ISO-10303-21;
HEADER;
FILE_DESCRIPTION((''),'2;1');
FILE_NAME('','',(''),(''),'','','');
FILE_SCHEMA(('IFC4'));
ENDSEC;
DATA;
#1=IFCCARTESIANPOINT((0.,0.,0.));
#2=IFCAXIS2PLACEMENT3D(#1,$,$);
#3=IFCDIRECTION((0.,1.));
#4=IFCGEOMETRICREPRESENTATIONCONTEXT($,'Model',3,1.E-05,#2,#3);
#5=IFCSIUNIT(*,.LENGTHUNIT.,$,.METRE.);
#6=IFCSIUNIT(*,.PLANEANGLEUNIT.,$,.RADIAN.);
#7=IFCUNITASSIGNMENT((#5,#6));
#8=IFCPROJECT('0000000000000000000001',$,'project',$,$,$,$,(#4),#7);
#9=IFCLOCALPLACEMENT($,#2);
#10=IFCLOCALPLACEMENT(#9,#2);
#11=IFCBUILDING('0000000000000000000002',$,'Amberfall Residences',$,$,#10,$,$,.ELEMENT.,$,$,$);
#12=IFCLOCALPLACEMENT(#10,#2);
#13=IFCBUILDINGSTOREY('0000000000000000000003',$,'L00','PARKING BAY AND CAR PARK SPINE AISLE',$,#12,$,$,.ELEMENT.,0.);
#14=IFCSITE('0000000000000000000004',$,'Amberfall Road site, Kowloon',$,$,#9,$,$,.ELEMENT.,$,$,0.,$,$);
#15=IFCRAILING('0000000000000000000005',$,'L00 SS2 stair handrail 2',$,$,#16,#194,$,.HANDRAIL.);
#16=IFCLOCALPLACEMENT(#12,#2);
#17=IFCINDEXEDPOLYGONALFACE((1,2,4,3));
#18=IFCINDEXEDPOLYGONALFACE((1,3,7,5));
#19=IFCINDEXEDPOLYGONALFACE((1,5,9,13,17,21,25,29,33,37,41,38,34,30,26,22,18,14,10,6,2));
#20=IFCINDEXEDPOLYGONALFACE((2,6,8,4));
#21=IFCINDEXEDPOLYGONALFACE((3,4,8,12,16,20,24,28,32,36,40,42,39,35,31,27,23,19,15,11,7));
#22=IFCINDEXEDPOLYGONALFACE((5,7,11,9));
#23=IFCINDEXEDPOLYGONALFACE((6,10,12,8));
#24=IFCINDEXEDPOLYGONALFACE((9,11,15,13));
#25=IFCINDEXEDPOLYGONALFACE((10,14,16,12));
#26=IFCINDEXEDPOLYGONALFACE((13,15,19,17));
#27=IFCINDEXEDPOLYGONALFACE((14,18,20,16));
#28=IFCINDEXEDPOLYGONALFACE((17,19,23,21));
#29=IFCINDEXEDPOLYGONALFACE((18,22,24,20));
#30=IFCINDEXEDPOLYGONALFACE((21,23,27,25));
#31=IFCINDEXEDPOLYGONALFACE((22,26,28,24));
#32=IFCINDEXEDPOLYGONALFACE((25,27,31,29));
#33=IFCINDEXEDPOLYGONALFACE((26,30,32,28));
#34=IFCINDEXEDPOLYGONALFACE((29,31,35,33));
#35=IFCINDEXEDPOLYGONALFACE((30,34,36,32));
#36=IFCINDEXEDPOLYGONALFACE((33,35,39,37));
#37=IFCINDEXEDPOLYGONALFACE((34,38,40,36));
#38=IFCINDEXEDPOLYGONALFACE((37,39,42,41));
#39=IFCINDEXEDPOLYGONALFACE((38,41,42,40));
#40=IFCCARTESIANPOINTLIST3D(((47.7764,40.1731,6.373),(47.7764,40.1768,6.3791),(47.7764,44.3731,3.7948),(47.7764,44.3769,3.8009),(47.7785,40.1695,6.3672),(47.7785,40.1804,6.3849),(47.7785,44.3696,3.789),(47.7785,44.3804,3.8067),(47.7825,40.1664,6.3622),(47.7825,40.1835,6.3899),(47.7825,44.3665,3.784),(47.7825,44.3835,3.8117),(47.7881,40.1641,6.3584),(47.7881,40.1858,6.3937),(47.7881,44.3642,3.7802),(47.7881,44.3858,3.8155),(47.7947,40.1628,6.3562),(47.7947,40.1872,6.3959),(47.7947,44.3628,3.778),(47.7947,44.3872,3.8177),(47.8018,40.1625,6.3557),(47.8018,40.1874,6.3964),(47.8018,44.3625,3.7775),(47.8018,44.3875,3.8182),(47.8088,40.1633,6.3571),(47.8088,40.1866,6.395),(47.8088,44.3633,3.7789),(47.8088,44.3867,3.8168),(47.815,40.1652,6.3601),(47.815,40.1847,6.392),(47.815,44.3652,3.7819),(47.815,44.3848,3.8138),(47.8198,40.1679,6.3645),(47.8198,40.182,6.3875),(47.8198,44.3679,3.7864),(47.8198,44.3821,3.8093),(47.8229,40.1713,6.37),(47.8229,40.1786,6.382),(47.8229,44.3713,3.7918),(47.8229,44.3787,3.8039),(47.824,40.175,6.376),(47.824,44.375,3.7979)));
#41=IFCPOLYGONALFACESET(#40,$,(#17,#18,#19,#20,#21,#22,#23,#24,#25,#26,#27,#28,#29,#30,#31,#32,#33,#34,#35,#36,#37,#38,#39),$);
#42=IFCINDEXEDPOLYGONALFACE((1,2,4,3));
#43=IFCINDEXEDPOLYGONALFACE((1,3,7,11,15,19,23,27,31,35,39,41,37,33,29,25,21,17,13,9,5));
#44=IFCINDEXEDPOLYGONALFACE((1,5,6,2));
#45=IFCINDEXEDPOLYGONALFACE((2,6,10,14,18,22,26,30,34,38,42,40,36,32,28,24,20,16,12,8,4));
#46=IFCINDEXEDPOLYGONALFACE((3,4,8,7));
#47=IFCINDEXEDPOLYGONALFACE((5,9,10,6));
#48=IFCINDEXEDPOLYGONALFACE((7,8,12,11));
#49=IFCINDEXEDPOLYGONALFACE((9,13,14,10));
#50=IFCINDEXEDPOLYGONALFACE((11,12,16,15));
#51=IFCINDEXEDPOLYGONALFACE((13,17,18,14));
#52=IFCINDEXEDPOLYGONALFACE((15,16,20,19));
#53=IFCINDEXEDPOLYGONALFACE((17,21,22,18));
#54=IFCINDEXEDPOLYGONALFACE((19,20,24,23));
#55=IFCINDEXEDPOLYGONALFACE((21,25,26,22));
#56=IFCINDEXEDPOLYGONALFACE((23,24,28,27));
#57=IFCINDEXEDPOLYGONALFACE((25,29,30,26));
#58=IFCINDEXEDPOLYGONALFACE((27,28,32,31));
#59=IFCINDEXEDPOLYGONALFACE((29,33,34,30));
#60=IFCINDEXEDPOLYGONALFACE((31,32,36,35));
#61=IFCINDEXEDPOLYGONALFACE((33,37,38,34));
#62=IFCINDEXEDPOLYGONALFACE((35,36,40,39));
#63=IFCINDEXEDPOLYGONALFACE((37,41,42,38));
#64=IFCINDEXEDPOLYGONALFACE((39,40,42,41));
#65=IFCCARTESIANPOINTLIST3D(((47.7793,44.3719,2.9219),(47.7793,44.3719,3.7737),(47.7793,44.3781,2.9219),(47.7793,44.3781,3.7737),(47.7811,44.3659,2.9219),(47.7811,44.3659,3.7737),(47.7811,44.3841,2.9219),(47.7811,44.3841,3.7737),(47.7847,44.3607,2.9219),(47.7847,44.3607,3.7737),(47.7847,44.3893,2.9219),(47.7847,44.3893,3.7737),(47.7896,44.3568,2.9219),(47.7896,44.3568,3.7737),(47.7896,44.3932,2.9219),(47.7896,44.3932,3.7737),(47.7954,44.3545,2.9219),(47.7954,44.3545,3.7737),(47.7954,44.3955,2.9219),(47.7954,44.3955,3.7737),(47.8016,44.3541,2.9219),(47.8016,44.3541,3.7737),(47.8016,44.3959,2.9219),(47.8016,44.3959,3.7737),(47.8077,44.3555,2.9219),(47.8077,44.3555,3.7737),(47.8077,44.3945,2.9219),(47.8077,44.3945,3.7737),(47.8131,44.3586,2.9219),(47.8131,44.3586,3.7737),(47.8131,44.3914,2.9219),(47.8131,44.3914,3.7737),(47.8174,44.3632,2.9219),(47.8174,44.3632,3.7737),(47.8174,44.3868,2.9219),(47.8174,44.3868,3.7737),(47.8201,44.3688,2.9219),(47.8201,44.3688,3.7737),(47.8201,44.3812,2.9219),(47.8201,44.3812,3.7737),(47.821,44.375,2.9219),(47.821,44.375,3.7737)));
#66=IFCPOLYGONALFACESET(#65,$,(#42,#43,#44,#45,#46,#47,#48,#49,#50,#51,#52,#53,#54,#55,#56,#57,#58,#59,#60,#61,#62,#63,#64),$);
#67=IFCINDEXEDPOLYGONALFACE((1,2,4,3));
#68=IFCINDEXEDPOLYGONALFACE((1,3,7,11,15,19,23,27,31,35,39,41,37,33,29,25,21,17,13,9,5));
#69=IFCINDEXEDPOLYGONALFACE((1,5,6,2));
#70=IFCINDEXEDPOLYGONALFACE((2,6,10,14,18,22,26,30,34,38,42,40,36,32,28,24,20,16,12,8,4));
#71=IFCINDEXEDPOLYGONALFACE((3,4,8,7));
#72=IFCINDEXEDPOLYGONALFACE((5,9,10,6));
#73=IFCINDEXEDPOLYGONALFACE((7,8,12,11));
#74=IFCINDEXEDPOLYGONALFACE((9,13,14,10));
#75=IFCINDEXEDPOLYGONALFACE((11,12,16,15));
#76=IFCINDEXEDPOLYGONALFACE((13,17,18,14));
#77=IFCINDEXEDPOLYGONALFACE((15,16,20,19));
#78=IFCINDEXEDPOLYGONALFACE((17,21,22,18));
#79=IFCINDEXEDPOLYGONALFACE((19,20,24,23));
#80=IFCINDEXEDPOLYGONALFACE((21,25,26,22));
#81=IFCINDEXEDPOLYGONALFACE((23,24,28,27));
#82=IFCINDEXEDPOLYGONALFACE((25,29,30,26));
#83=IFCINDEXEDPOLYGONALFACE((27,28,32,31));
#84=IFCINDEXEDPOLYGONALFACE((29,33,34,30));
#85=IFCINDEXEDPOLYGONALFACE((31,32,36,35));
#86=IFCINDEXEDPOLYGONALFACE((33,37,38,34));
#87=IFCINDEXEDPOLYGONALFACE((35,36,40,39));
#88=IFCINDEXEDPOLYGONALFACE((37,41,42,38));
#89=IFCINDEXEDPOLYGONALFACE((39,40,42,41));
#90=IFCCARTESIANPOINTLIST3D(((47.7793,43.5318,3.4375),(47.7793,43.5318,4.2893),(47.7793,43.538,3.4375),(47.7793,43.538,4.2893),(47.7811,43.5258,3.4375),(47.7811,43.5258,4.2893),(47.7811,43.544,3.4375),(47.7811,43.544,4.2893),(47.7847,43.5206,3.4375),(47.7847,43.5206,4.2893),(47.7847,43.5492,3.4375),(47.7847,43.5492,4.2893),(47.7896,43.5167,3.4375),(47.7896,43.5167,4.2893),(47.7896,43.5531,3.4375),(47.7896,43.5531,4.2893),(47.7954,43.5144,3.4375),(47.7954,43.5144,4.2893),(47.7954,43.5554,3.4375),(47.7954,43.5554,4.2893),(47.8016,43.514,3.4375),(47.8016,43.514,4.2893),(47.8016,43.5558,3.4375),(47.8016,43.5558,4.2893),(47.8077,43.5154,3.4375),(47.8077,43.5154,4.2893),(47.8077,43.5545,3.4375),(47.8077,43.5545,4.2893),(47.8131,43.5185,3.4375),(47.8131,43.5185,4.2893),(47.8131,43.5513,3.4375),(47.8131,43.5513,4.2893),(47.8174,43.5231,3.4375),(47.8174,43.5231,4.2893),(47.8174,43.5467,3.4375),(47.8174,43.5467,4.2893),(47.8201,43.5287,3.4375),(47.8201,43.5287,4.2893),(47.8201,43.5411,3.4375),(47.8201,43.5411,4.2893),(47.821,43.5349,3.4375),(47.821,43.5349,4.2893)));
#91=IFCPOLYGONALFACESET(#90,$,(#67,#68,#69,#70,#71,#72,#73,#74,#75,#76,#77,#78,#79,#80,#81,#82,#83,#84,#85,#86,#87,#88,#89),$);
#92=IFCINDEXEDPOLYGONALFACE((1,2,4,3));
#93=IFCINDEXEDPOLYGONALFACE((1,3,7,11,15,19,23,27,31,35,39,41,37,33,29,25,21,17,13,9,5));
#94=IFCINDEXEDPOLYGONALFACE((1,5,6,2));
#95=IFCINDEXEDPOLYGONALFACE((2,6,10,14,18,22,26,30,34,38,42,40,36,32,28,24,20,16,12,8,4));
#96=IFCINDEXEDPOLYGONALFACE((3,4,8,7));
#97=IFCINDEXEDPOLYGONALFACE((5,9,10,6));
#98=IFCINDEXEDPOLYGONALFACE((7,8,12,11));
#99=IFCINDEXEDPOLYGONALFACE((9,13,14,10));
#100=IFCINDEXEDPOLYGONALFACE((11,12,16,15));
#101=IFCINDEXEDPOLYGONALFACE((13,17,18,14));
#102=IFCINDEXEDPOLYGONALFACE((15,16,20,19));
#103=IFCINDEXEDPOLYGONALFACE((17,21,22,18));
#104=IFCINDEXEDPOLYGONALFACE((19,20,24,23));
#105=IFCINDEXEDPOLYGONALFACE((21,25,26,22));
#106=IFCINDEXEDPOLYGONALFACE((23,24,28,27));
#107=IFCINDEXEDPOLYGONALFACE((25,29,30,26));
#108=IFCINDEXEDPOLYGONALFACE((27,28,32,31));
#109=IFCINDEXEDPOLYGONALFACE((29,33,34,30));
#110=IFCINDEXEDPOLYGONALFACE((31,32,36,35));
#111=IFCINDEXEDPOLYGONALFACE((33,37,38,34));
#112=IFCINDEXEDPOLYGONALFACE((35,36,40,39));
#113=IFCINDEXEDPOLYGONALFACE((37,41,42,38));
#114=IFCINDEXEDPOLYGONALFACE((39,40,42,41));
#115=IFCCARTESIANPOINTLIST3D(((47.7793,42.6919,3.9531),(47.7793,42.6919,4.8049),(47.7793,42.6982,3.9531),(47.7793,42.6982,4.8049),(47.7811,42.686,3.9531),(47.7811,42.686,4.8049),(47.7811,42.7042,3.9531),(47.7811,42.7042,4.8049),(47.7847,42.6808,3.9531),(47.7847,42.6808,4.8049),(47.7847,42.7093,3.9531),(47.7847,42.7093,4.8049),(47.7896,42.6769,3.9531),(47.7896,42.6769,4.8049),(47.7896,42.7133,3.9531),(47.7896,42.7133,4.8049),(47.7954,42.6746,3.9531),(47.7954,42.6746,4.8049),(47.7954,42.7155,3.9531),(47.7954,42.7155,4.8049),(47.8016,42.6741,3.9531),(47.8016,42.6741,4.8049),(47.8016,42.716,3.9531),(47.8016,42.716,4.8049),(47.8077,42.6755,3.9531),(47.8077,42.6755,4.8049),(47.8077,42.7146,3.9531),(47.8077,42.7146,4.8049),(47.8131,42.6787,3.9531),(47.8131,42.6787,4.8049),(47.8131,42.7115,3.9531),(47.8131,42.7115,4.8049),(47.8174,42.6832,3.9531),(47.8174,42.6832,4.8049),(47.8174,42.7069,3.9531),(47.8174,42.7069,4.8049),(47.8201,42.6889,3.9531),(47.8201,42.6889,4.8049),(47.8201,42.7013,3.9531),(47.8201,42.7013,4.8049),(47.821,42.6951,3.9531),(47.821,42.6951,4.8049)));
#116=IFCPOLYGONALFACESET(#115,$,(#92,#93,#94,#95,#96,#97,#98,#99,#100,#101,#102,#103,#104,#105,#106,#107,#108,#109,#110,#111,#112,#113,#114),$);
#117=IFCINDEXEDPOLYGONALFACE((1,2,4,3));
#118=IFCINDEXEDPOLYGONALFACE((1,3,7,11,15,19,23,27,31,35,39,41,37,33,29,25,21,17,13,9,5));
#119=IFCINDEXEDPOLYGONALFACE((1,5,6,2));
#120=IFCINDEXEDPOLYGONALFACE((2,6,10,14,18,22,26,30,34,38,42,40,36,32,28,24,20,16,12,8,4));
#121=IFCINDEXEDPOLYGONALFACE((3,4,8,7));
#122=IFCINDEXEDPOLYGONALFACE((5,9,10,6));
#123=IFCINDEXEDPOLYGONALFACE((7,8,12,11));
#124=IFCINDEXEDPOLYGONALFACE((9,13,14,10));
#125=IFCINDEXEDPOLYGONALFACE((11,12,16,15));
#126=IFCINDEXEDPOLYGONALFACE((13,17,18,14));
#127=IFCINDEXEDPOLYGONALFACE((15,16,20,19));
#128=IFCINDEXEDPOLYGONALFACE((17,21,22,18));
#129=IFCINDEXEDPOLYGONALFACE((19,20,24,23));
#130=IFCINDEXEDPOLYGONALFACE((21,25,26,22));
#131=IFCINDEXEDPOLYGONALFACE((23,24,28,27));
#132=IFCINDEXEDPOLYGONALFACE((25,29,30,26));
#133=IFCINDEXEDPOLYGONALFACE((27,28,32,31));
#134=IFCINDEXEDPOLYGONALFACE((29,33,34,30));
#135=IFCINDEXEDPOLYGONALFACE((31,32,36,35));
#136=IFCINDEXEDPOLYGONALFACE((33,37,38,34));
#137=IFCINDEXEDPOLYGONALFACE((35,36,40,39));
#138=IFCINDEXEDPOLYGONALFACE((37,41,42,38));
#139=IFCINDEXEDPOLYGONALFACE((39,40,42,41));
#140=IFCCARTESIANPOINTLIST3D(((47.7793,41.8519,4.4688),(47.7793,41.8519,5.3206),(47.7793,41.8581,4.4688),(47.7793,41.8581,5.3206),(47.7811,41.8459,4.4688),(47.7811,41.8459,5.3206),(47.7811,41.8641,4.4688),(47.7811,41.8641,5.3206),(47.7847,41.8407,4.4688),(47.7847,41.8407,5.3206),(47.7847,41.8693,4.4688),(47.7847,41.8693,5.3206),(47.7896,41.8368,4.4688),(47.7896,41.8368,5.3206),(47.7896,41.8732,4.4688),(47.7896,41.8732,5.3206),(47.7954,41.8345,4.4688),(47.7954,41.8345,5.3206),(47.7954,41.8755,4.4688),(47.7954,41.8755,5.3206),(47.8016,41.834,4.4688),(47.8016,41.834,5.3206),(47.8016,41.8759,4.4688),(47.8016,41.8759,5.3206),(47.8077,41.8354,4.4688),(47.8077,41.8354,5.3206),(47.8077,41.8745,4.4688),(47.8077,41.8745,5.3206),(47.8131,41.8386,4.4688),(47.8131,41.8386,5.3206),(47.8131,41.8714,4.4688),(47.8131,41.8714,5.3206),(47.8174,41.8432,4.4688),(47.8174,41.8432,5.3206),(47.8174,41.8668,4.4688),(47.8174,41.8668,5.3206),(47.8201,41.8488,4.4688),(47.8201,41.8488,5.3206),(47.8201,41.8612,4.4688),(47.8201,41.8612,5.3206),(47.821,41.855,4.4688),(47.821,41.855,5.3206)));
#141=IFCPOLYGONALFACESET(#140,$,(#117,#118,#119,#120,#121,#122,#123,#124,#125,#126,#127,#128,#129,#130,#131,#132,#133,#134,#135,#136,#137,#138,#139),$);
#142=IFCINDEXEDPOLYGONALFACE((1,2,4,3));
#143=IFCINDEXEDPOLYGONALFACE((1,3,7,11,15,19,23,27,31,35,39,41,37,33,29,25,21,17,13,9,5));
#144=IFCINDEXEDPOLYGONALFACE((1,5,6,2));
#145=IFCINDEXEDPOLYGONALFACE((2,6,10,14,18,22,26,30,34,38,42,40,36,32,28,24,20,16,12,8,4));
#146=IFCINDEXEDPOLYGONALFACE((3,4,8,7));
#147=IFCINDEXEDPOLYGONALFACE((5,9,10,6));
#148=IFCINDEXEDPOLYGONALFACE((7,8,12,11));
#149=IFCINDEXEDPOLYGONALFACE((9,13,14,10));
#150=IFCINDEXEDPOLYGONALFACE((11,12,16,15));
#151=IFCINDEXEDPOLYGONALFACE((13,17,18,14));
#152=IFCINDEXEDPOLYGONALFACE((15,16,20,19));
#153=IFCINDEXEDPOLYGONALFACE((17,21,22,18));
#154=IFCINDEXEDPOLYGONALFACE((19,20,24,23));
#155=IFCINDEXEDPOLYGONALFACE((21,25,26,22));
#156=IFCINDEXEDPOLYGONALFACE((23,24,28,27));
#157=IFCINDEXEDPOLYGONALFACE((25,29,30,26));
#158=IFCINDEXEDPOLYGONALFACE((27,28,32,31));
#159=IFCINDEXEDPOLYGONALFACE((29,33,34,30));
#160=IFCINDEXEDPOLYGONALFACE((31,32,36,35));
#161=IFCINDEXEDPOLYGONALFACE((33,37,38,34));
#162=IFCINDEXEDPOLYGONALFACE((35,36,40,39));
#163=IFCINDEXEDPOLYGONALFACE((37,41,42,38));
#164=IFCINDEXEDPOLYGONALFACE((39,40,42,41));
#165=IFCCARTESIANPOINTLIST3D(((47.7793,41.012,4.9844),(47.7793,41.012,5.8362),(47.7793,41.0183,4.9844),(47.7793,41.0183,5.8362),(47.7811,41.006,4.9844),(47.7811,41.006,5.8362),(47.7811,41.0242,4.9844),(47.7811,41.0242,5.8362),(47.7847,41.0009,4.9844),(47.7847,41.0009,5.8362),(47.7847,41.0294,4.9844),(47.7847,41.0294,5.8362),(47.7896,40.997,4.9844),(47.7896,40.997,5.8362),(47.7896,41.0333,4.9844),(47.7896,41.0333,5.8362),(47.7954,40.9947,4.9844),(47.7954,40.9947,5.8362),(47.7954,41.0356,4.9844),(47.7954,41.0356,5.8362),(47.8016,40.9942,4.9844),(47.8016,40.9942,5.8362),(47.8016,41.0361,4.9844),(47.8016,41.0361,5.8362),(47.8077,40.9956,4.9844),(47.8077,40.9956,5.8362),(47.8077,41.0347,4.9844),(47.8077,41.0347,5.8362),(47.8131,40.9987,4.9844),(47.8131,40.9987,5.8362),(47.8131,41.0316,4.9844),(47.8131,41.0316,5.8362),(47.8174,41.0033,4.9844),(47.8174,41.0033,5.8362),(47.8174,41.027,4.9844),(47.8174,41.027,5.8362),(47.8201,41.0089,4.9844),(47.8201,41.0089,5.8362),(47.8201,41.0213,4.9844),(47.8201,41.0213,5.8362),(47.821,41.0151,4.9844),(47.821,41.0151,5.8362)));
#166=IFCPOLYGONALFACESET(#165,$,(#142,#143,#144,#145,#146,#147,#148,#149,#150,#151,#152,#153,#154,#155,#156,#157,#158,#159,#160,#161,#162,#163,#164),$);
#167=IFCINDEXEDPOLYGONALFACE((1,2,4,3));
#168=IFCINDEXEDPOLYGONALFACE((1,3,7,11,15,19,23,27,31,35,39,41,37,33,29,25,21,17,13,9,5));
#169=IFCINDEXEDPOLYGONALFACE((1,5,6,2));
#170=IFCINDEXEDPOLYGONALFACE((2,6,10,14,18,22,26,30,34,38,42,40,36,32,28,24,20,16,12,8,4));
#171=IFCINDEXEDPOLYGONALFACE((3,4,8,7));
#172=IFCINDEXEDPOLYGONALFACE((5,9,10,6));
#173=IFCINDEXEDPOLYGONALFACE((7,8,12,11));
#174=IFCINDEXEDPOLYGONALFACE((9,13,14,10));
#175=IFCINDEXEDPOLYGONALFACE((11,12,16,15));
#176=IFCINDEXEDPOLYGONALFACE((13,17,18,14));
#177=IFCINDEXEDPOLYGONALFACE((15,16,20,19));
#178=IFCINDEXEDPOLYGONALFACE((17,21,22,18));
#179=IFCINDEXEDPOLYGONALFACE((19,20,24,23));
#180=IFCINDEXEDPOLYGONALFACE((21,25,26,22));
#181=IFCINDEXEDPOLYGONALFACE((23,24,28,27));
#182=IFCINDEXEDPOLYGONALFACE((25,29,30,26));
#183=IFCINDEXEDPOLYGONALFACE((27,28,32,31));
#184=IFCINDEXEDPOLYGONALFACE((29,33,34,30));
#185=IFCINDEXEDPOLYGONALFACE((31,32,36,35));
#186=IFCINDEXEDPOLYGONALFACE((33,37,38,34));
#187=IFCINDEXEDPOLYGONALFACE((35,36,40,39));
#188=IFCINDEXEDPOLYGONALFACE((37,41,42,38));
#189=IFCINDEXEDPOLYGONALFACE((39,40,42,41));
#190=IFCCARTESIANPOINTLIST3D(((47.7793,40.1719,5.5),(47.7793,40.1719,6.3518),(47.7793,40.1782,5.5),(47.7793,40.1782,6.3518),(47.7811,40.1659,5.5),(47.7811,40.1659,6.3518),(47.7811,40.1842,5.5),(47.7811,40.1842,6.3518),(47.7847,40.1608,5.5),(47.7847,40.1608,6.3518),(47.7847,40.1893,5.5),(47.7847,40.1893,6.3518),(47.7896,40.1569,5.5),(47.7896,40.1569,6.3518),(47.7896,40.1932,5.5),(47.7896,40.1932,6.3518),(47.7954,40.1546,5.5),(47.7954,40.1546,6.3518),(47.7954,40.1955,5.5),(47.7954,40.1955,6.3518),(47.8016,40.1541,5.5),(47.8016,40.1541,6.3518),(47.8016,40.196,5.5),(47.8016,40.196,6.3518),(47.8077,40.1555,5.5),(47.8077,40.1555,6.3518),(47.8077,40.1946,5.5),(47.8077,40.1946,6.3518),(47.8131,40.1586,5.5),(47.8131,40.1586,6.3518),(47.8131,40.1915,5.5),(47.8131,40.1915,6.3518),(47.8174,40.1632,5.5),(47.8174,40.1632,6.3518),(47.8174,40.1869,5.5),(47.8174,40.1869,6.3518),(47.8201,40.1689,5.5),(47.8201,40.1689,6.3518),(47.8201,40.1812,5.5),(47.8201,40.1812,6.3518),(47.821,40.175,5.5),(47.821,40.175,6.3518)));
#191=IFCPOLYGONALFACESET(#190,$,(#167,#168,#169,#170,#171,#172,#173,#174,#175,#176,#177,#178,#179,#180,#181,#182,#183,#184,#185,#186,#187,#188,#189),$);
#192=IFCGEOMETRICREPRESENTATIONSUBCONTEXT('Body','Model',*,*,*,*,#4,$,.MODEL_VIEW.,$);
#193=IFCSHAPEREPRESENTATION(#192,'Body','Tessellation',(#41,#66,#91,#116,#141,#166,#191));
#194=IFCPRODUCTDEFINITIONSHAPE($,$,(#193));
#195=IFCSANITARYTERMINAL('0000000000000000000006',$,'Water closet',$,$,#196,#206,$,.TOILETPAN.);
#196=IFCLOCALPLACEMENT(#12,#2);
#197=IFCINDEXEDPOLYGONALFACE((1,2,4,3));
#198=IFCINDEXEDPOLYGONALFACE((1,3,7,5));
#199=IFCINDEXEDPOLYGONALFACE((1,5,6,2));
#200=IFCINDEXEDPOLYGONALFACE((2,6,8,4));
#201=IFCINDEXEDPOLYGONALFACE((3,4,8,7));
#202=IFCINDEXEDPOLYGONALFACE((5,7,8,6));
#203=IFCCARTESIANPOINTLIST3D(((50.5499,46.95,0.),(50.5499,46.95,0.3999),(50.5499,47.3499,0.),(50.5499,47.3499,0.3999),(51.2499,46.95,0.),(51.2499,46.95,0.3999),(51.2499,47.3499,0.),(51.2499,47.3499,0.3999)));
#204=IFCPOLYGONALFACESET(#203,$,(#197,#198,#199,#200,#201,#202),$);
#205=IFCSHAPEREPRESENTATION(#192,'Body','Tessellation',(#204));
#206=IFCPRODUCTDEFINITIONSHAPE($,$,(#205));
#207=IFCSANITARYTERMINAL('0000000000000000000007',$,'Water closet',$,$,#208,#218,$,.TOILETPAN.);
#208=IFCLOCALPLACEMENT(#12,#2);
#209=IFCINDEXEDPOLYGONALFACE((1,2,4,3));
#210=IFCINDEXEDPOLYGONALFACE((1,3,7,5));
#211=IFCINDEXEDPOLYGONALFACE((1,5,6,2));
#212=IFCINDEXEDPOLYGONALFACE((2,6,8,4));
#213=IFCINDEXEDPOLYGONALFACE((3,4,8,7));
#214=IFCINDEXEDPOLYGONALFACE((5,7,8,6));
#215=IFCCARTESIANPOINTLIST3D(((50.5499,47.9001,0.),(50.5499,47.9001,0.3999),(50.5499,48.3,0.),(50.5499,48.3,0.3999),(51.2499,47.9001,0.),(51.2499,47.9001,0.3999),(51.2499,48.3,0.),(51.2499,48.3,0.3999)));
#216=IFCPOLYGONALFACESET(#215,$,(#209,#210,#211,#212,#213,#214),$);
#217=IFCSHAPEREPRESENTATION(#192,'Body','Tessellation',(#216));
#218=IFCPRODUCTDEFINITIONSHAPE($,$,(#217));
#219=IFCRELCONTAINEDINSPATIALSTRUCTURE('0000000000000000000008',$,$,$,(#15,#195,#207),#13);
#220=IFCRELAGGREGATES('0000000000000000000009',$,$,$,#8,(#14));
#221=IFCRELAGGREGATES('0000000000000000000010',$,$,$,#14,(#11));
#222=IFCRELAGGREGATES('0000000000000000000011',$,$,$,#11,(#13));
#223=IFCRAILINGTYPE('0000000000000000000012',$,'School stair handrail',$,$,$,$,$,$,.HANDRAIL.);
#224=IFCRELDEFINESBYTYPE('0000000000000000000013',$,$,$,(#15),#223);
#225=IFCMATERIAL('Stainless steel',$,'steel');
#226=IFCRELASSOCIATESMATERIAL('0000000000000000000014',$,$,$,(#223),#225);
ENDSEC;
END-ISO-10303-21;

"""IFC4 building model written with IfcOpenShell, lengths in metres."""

from ifc_helpers import new_model, si_unit, direction, frame, origin, origin_2d, place, context, subcontext, project, spatial, rectangle, circle, extrude, material, type_object, element, save


model = new_model("IFC4")

# Units and contexts
model_context = context("Model", 3, precision=1e-05, world=origin(), true_north=direction((0.0, 1.0)))
body_context = subcontext(model_context, "Body", "Model", "MODEL_VIEW")
ifc_project = project(units=[si_unit("LENGTHUNIT", "METRE"), si_unit("PLANEANGLEUNIT", "RADIAN")], contexts=[model_context])

# Site, building, storey
site_placement = place(None, origin())
site = spatial("IfcSite", under=ifc_project, at=site_placement, Name="Amberfall Road site, Kowloon", CompositionType="ELEMENT", RefElevation=0.0)
building_placement = place(site_placement, origin())
building = spatial("IfcBuilding", under=site, at=building_placement, Name="Amberfall Residences", CompositionType="ELEMENT")
storey_placement = place(building_placement, origin())
storey = spatial("IfcBuildingStorey", under=building, at=storey_placement, Name="L00", Description="PARKING BAY AND CAR PARK SPINE AISLE", CompositionType="ELEMENT", Elevation=0.0)

# Railing
ifc_material_1 = material(Name="Stainless steel", Category="steel")
railing_type_1 = type_object("IfcRailingType", Name="School stair handrail", PredefinedType="HANDRAIL", material=ifc_material_1)
railing_1_placement = place(storey_placement, frame((47.8, 44.375, 2.9219)))
element("IfcRailing", 1, at=railing_1_placement, inside=storey, type_object=railing_type_1, Name="L00 SS2 stair handrail 2", PredefinedType="HANDRAIL", context=body_context, shape_type="SweptSolid", body=[
    extrude(circle(Radius=0.0239, at=origin_2d()), frame((0.0, 0.0, 0.876), z_axis=(0.0, -0.852243, 0.523146), x_axis=(1.0, 0.0, 0.0)), (0.0, 0.0, 1.0), 4.9282),
    extrude(circle(Radius=0.021, at=origin_2d()), origin(), (0.0, 0.0, 1.0), 0.8518),
    extrude(circle(Radius=0.021, at=origin_2d()), frame((0.0, -0.8401, 0.5156)), (0.0, 0.0, 1.0), 0.8518),
    extrude(circle(Radius=0.021, at=origin_2d()), frame((0.0, -1.6799, 1.0312)), (0.0, 0.0, 1.0), 0.8518),
    extrude(circle(Radius=0.021, at=origin_2d()), frame((0.0, -2.52, 1.5469)), (0.0, 0.0, 1.0), 0.8518),
    extrude(circle(Radius=0.021, at=origin_2d()), frame((0.0, -3.3599, 2.0625)), (0.0, 0.0, 1.0), 0.8518),
    extrude(circle(Radius=0.021, at=origin_2d()), frame((0.0, -4.2, 2.5781)), (0.0, 0.0, 1.0), 0.8518),
])

# Sanitary terminals
for number, where, z_axis, x_axis, name in (
    (2, (50.8999, 47.1499, 0.0), (0.0, 0.0, 1.0), (1.0, 0.0, 0.0), "Water closet"),
    (3, (50.8999, 48.1001, 0.0), (0.0, 0.0, 1.0), (1.0, 0.0, 0.0), "Water closet"),
):
    element("IfcSanitaryTerminal", number, at=place(storey_placement, frame(where, z_axis=z_axis, x_axis=x_axis)), inside=storey, Name=name, PredefinedType="TOILETPAN", context=body_context, shape_type="SweptSolid", body=[
        extrude(rectangle(XDim=0.7, YDim=0.3999, at=origin_2d()), origin(), (0.0, 0.0, 1.0), 0.3999),
    ])

save(model, "model.ifc")
